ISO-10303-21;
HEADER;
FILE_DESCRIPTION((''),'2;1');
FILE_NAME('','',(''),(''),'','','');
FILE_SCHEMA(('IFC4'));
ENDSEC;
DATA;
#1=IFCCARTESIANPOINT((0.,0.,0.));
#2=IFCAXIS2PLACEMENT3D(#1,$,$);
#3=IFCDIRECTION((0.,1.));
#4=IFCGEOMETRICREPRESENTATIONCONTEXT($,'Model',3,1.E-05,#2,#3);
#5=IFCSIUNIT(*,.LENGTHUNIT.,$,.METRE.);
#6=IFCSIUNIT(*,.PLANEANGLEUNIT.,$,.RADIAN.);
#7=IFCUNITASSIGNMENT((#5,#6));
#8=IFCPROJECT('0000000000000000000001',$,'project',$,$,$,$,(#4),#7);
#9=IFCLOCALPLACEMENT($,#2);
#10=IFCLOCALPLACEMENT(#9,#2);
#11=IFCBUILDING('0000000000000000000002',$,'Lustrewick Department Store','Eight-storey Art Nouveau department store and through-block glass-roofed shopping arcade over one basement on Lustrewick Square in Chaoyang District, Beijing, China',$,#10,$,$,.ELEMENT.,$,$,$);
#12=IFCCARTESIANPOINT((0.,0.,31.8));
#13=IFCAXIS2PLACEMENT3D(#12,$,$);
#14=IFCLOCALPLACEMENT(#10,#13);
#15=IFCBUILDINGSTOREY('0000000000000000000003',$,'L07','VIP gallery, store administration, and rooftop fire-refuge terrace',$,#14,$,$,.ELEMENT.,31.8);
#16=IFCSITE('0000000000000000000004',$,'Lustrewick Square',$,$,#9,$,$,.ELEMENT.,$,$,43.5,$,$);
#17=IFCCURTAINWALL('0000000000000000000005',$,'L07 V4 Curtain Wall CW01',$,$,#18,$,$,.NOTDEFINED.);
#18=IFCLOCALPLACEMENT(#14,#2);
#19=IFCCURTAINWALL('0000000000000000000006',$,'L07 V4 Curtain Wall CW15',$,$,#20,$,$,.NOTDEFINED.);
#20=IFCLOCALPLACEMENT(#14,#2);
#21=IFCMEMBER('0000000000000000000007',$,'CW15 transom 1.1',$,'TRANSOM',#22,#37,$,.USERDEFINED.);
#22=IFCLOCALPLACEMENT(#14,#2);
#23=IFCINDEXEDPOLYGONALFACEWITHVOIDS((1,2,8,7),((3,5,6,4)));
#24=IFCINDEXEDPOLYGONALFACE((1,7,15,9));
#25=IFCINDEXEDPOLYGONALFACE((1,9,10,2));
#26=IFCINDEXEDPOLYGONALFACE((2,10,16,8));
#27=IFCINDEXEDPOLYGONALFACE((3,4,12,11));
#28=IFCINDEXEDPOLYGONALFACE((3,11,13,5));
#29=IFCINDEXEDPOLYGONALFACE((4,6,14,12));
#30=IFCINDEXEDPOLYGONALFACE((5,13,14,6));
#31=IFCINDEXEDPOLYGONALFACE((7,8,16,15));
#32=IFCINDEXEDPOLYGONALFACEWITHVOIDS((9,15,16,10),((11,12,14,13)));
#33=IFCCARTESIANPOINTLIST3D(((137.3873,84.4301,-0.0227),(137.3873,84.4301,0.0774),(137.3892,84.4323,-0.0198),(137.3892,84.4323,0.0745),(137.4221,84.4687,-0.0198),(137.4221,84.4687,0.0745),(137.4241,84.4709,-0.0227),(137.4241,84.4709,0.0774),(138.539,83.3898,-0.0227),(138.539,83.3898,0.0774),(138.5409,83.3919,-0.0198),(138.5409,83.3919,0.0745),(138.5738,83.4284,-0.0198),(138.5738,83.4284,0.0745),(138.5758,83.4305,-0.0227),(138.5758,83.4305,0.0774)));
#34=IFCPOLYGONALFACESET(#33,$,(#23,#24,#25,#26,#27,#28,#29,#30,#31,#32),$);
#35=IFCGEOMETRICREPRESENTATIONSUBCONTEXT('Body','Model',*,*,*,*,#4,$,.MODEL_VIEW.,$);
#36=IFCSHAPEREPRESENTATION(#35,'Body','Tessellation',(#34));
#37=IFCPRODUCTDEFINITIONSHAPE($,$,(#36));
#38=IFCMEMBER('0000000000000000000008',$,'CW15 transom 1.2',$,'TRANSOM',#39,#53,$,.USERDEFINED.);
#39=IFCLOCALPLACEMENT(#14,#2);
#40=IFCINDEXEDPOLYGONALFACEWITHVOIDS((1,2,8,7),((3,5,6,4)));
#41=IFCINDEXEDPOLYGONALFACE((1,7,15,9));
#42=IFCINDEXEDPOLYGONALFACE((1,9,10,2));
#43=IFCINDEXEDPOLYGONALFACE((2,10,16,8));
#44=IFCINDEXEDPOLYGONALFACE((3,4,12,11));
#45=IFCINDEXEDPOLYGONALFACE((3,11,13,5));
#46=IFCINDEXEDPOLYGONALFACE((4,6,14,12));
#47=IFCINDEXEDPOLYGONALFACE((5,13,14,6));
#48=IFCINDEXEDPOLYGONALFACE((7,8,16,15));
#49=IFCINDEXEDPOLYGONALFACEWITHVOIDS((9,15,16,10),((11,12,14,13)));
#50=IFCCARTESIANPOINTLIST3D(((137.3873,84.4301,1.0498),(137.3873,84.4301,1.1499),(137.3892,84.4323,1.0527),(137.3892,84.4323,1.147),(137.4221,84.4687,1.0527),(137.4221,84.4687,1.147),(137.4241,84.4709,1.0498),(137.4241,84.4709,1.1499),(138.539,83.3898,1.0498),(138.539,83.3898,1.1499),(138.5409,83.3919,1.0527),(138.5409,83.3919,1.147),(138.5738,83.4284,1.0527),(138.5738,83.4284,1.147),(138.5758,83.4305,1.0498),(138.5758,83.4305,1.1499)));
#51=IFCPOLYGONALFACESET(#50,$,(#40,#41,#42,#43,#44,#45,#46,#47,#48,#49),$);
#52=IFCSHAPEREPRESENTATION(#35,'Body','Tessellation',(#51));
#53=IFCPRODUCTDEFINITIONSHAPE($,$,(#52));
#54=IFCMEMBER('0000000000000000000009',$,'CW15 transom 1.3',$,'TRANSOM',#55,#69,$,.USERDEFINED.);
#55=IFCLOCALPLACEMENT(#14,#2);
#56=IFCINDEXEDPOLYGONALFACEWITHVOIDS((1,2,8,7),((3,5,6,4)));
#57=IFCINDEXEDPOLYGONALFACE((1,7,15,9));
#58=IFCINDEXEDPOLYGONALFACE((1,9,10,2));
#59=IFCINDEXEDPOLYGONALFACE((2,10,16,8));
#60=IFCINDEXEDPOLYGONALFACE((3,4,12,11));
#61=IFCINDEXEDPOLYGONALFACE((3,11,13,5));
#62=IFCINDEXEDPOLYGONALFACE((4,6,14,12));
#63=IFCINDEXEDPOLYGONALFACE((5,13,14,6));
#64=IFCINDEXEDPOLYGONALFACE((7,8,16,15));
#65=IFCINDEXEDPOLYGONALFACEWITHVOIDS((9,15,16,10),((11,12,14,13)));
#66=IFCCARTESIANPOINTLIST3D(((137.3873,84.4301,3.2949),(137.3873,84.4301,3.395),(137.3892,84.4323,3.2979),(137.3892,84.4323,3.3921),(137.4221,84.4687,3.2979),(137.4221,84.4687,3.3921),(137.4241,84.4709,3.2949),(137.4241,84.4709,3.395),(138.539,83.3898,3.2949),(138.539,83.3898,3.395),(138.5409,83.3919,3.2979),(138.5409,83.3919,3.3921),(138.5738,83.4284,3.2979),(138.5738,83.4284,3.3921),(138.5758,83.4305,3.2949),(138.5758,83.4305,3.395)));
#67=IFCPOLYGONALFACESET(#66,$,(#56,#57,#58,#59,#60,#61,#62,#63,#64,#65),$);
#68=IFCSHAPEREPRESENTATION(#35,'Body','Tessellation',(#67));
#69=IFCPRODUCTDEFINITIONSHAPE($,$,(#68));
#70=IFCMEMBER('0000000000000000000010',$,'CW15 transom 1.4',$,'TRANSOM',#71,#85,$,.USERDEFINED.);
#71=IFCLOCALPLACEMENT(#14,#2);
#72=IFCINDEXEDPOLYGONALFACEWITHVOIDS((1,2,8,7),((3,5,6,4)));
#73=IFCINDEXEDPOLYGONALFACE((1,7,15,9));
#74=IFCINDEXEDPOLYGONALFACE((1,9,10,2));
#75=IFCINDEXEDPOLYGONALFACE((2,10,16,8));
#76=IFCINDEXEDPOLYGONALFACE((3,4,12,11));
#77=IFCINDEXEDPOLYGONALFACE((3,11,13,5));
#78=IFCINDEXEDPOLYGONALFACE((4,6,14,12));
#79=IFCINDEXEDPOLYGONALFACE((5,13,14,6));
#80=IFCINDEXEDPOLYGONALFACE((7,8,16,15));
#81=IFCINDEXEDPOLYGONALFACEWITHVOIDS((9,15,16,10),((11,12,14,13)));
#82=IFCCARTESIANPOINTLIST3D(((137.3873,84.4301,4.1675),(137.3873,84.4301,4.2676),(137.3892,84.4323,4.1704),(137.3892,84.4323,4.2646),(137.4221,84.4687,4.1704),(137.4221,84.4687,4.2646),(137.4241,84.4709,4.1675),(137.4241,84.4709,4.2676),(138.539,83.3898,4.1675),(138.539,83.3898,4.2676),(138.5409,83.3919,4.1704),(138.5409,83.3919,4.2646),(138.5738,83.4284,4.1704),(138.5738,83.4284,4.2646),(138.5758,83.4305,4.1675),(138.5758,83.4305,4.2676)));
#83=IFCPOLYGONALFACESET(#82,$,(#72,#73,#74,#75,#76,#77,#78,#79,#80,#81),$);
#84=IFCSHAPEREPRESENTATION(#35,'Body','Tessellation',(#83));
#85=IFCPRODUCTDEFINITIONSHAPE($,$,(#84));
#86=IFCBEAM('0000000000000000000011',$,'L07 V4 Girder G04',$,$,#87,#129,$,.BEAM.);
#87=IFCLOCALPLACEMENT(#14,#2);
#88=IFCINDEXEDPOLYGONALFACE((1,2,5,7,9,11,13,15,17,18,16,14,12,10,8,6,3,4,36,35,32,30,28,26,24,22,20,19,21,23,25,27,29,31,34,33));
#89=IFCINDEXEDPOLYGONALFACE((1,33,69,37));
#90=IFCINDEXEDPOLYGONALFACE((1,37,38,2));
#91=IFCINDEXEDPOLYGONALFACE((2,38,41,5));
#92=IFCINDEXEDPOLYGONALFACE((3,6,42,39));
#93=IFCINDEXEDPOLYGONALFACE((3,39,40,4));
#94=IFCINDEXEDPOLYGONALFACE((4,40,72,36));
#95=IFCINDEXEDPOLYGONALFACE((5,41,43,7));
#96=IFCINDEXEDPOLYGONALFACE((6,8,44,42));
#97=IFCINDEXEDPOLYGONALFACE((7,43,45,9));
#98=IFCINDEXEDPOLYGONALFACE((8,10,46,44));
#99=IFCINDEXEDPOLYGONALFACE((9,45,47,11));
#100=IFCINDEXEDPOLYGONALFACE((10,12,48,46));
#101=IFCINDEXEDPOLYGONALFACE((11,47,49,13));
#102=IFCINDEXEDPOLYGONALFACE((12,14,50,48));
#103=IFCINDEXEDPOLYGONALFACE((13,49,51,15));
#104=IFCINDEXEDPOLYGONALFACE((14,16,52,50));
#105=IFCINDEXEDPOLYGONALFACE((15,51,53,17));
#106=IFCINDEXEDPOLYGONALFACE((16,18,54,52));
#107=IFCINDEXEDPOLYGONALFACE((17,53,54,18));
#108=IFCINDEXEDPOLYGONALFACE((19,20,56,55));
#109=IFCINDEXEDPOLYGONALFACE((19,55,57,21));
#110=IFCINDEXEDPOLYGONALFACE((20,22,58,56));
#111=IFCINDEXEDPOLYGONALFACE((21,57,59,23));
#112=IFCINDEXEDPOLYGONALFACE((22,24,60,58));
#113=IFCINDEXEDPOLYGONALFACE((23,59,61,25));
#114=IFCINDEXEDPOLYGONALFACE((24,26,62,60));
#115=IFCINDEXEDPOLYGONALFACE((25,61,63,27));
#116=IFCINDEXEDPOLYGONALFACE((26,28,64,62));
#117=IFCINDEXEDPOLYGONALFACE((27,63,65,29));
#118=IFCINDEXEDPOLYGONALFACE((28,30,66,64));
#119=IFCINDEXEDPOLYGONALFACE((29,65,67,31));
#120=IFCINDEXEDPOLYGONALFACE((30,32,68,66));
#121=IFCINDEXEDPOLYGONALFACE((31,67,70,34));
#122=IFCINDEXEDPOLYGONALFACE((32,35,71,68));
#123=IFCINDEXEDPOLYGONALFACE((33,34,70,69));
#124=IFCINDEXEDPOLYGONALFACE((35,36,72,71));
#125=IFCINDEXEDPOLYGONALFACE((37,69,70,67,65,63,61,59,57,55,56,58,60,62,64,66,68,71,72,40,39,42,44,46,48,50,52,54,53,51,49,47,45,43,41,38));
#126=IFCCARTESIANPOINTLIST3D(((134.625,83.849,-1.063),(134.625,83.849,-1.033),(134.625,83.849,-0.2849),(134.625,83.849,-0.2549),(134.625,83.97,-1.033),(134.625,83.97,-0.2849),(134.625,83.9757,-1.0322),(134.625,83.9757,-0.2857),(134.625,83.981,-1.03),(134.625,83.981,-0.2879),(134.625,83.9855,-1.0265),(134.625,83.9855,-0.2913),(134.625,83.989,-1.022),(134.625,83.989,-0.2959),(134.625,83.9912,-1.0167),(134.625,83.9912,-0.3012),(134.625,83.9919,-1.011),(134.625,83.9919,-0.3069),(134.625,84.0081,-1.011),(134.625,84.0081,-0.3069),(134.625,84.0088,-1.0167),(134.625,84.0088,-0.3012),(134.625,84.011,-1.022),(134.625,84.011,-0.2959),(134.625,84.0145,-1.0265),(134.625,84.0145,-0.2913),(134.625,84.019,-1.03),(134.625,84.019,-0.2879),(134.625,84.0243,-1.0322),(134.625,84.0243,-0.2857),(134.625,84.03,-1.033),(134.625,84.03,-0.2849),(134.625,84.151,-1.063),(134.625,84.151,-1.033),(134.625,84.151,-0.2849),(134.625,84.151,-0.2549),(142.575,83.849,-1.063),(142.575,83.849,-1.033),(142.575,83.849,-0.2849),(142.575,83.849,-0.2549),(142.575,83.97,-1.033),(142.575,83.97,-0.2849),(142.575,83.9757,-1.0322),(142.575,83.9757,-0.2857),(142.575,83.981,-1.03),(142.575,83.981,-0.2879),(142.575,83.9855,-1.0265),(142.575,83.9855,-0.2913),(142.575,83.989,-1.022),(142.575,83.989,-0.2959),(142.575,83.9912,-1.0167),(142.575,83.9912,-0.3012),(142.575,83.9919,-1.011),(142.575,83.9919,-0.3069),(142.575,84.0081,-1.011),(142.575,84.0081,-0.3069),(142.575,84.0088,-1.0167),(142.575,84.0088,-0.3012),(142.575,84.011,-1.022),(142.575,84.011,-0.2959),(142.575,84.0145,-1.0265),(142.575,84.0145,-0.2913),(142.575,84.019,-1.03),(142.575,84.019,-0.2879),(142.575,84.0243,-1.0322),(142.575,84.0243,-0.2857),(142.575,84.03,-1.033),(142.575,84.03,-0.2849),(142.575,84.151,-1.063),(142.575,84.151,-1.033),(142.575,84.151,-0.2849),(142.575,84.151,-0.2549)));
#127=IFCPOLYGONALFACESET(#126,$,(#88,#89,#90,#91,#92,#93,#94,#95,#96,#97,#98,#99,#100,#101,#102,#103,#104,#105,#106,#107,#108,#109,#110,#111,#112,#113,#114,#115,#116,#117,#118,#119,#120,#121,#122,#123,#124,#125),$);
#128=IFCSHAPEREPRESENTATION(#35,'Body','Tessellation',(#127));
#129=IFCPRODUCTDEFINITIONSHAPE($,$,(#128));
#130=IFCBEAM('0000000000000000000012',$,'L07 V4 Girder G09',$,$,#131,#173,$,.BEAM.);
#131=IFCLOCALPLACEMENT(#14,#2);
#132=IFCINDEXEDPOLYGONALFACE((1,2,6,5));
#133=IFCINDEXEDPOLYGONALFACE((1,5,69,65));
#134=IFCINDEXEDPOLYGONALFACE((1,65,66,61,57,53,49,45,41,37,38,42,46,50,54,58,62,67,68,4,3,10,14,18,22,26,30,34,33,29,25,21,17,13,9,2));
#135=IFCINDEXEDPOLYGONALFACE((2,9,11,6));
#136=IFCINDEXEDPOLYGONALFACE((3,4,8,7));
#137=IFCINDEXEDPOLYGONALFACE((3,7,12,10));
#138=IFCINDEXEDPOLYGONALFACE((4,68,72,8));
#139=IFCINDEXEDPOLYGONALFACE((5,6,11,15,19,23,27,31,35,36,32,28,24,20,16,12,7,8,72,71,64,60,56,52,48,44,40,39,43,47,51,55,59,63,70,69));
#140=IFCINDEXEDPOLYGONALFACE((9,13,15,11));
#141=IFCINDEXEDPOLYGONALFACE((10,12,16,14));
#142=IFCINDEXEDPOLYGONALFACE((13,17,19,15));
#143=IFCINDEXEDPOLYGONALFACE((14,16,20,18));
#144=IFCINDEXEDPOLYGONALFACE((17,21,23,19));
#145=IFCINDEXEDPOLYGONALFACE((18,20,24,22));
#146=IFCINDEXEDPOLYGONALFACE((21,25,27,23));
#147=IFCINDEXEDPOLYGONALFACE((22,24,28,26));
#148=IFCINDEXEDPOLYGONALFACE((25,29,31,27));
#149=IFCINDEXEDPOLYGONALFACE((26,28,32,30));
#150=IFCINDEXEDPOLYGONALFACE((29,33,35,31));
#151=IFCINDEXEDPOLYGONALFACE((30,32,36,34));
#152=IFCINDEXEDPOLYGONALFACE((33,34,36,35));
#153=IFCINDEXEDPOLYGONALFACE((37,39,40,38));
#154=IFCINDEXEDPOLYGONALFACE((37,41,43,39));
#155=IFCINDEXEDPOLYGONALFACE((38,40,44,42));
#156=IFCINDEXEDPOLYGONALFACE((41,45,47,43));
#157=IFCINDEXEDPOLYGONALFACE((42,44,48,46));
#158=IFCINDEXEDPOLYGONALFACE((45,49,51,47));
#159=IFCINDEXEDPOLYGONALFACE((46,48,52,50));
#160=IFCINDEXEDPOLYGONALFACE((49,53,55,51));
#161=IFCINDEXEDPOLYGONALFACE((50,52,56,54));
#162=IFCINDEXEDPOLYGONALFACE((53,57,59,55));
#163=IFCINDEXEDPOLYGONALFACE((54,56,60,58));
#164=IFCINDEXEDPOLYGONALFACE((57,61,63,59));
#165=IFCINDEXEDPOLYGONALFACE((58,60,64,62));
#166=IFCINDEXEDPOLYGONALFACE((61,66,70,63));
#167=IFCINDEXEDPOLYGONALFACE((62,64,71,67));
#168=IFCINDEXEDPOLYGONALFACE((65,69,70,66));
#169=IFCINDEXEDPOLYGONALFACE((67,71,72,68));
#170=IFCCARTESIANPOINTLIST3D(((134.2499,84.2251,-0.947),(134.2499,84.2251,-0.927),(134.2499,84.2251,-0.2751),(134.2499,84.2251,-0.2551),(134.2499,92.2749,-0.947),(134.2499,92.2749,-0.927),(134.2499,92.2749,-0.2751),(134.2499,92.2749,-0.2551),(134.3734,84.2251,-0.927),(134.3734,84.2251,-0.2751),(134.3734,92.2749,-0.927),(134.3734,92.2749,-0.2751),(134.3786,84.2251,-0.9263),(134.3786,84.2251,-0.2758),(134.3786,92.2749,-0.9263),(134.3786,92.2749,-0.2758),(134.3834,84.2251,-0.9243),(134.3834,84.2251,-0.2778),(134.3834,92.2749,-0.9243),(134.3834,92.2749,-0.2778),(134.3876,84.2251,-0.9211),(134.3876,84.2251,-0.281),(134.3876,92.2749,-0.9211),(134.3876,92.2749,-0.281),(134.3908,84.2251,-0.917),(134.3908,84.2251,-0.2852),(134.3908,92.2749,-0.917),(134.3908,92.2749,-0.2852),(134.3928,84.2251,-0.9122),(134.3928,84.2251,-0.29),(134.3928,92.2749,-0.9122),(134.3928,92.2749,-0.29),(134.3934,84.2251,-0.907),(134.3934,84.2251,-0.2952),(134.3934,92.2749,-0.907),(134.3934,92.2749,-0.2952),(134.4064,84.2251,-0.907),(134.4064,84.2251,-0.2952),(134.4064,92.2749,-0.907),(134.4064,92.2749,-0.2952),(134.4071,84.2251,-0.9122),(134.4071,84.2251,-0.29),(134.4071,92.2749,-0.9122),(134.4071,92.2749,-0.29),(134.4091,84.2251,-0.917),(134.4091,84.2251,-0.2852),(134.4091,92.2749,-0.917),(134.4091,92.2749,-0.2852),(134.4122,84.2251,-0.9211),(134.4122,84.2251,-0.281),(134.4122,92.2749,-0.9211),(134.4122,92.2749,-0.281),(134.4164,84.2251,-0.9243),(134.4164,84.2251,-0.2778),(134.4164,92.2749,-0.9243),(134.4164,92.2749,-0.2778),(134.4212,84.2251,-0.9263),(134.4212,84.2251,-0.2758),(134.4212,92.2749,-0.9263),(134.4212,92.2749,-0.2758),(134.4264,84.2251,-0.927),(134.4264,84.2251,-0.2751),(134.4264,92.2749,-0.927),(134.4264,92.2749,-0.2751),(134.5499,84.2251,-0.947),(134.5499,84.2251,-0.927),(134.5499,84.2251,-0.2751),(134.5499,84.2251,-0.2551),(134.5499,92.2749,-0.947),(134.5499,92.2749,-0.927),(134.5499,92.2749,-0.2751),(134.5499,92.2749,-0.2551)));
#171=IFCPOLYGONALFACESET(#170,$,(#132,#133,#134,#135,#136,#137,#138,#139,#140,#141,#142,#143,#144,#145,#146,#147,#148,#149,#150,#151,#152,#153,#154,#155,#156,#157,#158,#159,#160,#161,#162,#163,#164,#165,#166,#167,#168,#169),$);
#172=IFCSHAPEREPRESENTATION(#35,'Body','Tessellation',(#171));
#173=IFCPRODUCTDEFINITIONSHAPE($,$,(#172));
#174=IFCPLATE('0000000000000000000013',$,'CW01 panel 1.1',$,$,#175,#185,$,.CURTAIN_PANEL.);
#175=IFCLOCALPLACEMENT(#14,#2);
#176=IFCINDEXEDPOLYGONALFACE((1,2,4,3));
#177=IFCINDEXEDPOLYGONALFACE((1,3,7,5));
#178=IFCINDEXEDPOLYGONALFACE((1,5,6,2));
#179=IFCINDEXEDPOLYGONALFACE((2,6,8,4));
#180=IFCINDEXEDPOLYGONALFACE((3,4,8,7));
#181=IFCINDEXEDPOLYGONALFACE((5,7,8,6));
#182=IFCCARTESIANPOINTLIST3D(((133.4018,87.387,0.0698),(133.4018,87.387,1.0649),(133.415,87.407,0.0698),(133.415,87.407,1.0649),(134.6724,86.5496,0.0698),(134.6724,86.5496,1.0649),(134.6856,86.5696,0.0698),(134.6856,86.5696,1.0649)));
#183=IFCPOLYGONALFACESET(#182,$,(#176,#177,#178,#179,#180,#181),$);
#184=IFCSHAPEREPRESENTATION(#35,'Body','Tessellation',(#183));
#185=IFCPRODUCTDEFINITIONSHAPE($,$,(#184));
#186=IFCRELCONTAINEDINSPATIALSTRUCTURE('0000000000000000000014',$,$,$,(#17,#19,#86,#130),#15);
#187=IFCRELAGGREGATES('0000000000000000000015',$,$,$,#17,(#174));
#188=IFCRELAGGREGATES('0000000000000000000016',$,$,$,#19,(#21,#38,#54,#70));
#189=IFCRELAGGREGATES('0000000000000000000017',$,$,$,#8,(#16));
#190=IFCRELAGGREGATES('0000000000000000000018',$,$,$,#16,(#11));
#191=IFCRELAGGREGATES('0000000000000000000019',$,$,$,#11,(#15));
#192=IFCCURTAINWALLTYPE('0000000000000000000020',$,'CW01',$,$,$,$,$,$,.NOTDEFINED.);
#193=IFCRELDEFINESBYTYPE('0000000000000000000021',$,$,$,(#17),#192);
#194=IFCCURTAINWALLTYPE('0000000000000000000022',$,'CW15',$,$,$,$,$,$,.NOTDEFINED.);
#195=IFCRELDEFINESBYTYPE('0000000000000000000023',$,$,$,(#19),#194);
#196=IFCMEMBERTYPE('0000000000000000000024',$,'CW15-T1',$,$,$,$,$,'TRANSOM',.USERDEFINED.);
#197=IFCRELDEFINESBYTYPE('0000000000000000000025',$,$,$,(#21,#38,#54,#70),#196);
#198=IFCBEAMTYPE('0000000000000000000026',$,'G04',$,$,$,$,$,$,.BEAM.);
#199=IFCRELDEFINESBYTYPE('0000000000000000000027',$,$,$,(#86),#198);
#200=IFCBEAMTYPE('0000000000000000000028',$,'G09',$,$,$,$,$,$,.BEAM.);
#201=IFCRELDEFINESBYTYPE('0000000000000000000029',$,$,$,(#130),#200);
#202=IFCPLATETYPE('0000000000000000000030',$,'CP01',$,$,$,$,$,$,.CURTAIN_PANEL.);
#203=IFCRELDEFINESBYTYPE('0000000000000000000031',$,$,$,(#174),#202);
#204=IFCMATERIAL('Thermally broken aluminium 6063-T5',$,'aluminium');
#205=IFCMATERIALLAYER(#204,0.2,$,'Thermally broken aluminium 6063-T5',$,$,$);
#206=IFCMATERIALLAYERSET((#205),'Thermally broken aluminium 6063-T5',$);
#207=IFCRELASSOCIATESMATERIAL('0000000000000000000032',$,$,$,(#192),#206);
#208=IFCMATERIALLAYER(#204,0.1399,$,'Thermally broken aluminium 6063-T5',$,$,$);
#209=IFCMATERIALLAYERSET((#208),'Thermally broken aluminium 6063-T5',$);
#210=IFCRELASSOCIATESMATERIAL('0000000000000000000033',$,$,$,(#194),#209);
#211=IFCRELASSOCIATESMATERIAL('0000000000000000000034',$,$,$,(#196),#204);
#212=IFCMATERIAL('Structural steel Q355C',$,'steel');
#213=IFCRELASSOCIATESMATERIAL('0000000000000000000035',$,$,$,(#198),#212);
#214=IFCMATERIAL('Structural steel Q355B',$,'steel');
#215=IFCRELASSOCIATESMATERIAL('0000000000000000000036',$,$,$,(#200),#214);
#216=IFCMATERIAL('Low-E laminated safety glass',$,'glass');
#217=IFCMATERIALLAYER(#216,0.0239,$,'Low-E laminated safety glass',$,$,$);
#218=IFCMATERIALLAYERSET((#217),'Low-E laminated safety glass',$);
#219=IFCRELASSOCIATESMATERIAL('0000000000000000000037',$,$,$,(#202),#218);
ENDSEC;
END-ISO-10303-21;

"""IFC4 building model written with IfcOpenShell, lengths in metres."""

from ifc_helpers import new_model, si_unit, direction, frame, origin, origin_2d, place, context, subcontext, project, spatial, rectangle, hollow_rectangle, i_section, extrude, material, layer, layer_set, material_profile, profile_set, type_object, element, aggregate, save


model = new_model("IFC4")

# Units and contexts
model_context = context("Model", 3, precision=1e-05, world=origin(), true_north=direction((0.0, 1.0)))
body_context = subcontext(model_context, "Body", "Model", "MODEL_VIEW")
ifc_project = project(units=[si_unit("LENGTHUNIT", "METRE"), si_unit("PLANEANGLEUNIT", "RADIAN")], contexts=[model_context])

# Site, building, storey
site_placement = place(None, origin())
site = spatial("IfcSite", under=ifc_project, at=site_placement, Name="Lustrewick Square", CompositionType="ELEMENT", RefElevation=43.5)
building_placement = place(site_placement, origin())
building = spatial("IfcBuilding", under=site, at=building_placement, Name="Lustrewick Department Store", Description="Eight-storey Art Nouveau department store and through-block glass-roofed shopping arcade over one basement on Lustrewick Square in Chaoyang District, Beijing, China", CompositionType="ELEMENT")
storey_placement = place(building_placement, frame((0.0, 0.0, 31.8)))
storey = spatial("IfcBuildingStorey", under=building, at=storey_placement, Name="L07", Description="VIP gallery, store administration, and rooftop fire-refuge terrace", CompositionType="ELEMENT", Elevation=31.8)

# Shared definitions
ifc_material_1 = material(Name="Structural steel Q355B", Category="steel")

# Curtain walls, members
ifc_material_2 = material(Name="Thermally broken aluminium 6063-T5", Category="aluminium")
ifc_layer_1 = layer(ifc_material_2, 0.2, Name="Thermally broken aluminium 6063-T5")
ifc_layer_set_1 = layer_set([ifc_layer_1], Name="Thermally broken aluminium 6063-T5")
curtain_wall_type_1 = type_object("IfcCurtainWallType", Name="CW01", PredefinedType="NOTDEFINED", material=ifc_layer_set_1)
curtain_wall_1_placement = place(storey_placement, origin())
curtain_wall_1 = element("IfcCurtainWall", 1, at=curtain_wall_1_placement, inside=storey, type_object=curtain_wall_type_1, Name="L07 V4 Curtain Wall CW01", PredefinedType="NOTDEFINED")
ifc_layer_2 = layer(ifc_material_2, 0.1399, Name="Thermally broken aluminium 6063-T5")
ifc_layer_set_2 = layer_set([ifc_layer_2], Name="Thermally broken aluminium 6063-T5")
curtain_wall_type_2 = type_object("IfcCurtainWallType", Name="CW15", PredefinedType="NOTDEFINED", material=ifc_layer_set_2)
curtain_wall_2_placement = place(storey_placement, origin())
curtain_wall_2 = element("IfcCurtainWall", 2, at=curtain_wall_2_placement, inside=storey, type_object=curtain_wall_type_2, Name="L07 V4 Curtain Wall CW15", PredefinedType="NOTDEFINED")
ifc_material_profile_1 = material_profile(ifc_material_2, hollow_rectangle(XDim=0.0549, YDim=0.1001, WallThickness=0.0029, at=origin_2d()), Name="ALU-T 55x100x3")
ifc_profile_set_1 = profile_set([ifc_material_profile_1], Name="Thermally broken aluminium 6063-T5")
member_type_1 = type_object("IfcMemberType", Name="CW15-T1", ElementType="TRANSOM", PredefinedType="USERDEFINED", material=ifc_profile_set_1)
member_1_placement = place(storey_placement, frame((138.5574, 83.4102, 0.0273), z_axis=(-0.742065, 0.670328, 0.0), x_axis=(-0.670328, -0.742065, 0.0)))
member_1 = element("IfcMember", 3, at=member_1_placement, type_object=member_type_1, Name="CW15 transom 1.1", ObjectType="TRANSOM", PredefinedType="USERDEFINED", context=body_context, shape_type="SweptSolid", body=[
    extrude(hollow_rectangle(XDim=0.0549, YDim=0.1001, WallThickness=0.0029, at=origin_2d()), origin(), (0.0, 0.0, 1.0), 1.552),
])
member_2_placement = place(storey_placement, frame((138.5574, 83.4102, 1.0999), z_axis=(-0.742065, 0.670328, 0.0), x_axis=(-0.670328, -0.742065, 0.0)))
member_2 = element("IfcMember", 4, at=member_2_placement, type_object=member_type_1, Name="CW15 transom 1.2", ObjectType="TRANSOM", PredefinedType="USERDEFINED", context=body_context, shape_type="SweptSolid", body=[
    extrude(hollow_rectangle(XDim=0.0549, YDim=0.1001, WallThickness=0.0029, at=origin_2d()), origin(), (0.0, 0.0, 1.0), 1.552),
])
member_3_placement = place(storey_placement, frame((138.5574, 83.4102, 3.345), z_axis=(-0.742065, 0.670328, 0.0), x_axis=(-0.670328, -0.742065, 0.0)))
member_3 = element("IfcMember", 5, at=member_3_placement, type_object=member_type_1, Name="CW15 transom 1.3", ObjectType="TRANSOM", PredefinedType="USERDEFINED", context=body_context, shape_type="SweptSolid", body=[
    extrude(hollow_rectangle(XDim=0.0549, YDim=0.1001, WallThickness=0.0029, at=origin_2d()), origin(), (0.0, 0.0, 1.0), 1.552),
])
member_4_placement = place(storey_placement, frame((138.5574, 83.4102, 4.2175), z_axis=(-0.742065, 0.670328, 0.0), x_axis=(-0.670328, -0.742065, 0.0)))
member_4 = element("IfcMember", 6, at=member_4_placement, type_object=member_type_1, Name="CW15 transom 1.4", ObjectType="TRANSOM", PredefinedType="USERDEFINED", context=body_context, shape_type="SweptSolid", body=[
    extrude(hollow_rectangle(XDim=0.0549, YDim=0.1001, WallThickness=0.0029, at=origin_2d()), origin(), (0.0, 0.0, 1.0), 1.552),
])

# Beams
ifc_material_3 = material(Name="Structural steel Q355C", Category="steel")
ifc_material_profile_2 = material_profile(ifc_material_3, i_section(OverallWidth=0.302, OverallDepth=0.8081, WebThickness=0.0161, FlangeThickness=0.03, FilletRadius=0.022, at=origin_2d()), Name="HN 808x302x16x30")
ifc_profile_set_2 = profile_set([ifc_material_profile_2], Name="Structural steel Q355C")
beam_type_1 = type_object("IfcBeamType", Name="G04", PredefinedType="BEAM", material=ifc_profile_set_2)
beam_1_placement = place(storey_placement, frame((134.625, 84.0, -0.6589), z_axis=(1.0, 0.0, 0.0), x_axis=(0.0, 1.0, 0.0)))
element("IfcBeam", 7, at=beam_1_placement, inside=storey, type_object=beam_type_1, Name="L07 V4 Girder G04", PredefinedType="BEAM", context=body_context, shape_type="SweptSolid", body=[
    extrude(i_section(OverallWidth=0.302, OverallDepth=0.8081, WebThickness=0.0161, FlangeThickness=0.03, FilletRadius=0.022, at=origin_2d()), origin(), (0.0, 0.0, 1.0), 7.95),
])
ifc_material_profile_3 = material_profile(ifc_material_1, i_section(OverallWidth=0.3, OverallDepth=0.6919, WebThickness=0.0129, FlangeThickness=0.02, FilletRadius=0.02, at=origin_2d()), Name="HN 692x300x13x20")
ifc_profile_set_3 = profile_set([ifc_material_profile_3], Name="Structural steel Q355B")
beam_type_2 = type_object("IfcBeamType", Name="G09", PredefinedType="BEAM", material=ifc_profile_set_3)
beam_2_placement = place(storey_placement, frame((134.3999, 84.2251, -0.6011), z_axis=(0.0, 1.0, 0.0), x_axis=(-1.0, 0.0, 0.0)))
element("IfcBeam", 8, at=beam_2_placement, inside=storey, type_object=beam_type_2, Name="L07 V4 Girder G09", PredefinedType="BEAM", context=body_context, shape_type="SweptSolid", body=[
    extrude(i_section(OverallWidth=0.3, OverallDepth=0.6919, WebThickness=0.0129, FlangeThickness=0.02, FilletRadius=0.02, at=origin_2d()), origin(), (0.0, 0.0, 1.0), 8.0498),
])

# Plate
ifc_material_4 = material(Name="Low-E laminated safety glass", Category="glass")
ifc_layer_3 = layer(ifc_material_4, 0.0239, Name="Low-E laminated safety glass")
ifc_layer_set_3 = layer_set([ifc_layer_3], Name="Low-E laminated safety glass")
plate_type_1 = type_object("IfcPlateType", Name="CP01", PredefinedType="CURTAIN_PANEL", material=ifc_layer_set_3)
plate_1_placement = place(storey_placement, frame((134.0437, 86.9783, 0.0698), z_axis=(0.0, 0.0, 1.0), x_axis=(-0.834973, 0.55029, 0.0)))
plate_1 = element("IfcPlate", 9, at=plate_1_placement, type_object=plate_type_1, Name="CW01 panel 1.1", PredefinedType="CURTAIN_PANEL", context=body_context, shape_type="SweptSolid", body=[
    extrude(rectangle(XDim=1.5217, YDim=0.0239, at=origin_2d()), origin(), (0.0, 0.0, 1.0), 0.9951),
])
aggregate(curtain_wall_1, [plate_1])
aggregate(curtain_wall_2, [member_1, member_2, member_3, member_4])

save(model, "model.ifc")
